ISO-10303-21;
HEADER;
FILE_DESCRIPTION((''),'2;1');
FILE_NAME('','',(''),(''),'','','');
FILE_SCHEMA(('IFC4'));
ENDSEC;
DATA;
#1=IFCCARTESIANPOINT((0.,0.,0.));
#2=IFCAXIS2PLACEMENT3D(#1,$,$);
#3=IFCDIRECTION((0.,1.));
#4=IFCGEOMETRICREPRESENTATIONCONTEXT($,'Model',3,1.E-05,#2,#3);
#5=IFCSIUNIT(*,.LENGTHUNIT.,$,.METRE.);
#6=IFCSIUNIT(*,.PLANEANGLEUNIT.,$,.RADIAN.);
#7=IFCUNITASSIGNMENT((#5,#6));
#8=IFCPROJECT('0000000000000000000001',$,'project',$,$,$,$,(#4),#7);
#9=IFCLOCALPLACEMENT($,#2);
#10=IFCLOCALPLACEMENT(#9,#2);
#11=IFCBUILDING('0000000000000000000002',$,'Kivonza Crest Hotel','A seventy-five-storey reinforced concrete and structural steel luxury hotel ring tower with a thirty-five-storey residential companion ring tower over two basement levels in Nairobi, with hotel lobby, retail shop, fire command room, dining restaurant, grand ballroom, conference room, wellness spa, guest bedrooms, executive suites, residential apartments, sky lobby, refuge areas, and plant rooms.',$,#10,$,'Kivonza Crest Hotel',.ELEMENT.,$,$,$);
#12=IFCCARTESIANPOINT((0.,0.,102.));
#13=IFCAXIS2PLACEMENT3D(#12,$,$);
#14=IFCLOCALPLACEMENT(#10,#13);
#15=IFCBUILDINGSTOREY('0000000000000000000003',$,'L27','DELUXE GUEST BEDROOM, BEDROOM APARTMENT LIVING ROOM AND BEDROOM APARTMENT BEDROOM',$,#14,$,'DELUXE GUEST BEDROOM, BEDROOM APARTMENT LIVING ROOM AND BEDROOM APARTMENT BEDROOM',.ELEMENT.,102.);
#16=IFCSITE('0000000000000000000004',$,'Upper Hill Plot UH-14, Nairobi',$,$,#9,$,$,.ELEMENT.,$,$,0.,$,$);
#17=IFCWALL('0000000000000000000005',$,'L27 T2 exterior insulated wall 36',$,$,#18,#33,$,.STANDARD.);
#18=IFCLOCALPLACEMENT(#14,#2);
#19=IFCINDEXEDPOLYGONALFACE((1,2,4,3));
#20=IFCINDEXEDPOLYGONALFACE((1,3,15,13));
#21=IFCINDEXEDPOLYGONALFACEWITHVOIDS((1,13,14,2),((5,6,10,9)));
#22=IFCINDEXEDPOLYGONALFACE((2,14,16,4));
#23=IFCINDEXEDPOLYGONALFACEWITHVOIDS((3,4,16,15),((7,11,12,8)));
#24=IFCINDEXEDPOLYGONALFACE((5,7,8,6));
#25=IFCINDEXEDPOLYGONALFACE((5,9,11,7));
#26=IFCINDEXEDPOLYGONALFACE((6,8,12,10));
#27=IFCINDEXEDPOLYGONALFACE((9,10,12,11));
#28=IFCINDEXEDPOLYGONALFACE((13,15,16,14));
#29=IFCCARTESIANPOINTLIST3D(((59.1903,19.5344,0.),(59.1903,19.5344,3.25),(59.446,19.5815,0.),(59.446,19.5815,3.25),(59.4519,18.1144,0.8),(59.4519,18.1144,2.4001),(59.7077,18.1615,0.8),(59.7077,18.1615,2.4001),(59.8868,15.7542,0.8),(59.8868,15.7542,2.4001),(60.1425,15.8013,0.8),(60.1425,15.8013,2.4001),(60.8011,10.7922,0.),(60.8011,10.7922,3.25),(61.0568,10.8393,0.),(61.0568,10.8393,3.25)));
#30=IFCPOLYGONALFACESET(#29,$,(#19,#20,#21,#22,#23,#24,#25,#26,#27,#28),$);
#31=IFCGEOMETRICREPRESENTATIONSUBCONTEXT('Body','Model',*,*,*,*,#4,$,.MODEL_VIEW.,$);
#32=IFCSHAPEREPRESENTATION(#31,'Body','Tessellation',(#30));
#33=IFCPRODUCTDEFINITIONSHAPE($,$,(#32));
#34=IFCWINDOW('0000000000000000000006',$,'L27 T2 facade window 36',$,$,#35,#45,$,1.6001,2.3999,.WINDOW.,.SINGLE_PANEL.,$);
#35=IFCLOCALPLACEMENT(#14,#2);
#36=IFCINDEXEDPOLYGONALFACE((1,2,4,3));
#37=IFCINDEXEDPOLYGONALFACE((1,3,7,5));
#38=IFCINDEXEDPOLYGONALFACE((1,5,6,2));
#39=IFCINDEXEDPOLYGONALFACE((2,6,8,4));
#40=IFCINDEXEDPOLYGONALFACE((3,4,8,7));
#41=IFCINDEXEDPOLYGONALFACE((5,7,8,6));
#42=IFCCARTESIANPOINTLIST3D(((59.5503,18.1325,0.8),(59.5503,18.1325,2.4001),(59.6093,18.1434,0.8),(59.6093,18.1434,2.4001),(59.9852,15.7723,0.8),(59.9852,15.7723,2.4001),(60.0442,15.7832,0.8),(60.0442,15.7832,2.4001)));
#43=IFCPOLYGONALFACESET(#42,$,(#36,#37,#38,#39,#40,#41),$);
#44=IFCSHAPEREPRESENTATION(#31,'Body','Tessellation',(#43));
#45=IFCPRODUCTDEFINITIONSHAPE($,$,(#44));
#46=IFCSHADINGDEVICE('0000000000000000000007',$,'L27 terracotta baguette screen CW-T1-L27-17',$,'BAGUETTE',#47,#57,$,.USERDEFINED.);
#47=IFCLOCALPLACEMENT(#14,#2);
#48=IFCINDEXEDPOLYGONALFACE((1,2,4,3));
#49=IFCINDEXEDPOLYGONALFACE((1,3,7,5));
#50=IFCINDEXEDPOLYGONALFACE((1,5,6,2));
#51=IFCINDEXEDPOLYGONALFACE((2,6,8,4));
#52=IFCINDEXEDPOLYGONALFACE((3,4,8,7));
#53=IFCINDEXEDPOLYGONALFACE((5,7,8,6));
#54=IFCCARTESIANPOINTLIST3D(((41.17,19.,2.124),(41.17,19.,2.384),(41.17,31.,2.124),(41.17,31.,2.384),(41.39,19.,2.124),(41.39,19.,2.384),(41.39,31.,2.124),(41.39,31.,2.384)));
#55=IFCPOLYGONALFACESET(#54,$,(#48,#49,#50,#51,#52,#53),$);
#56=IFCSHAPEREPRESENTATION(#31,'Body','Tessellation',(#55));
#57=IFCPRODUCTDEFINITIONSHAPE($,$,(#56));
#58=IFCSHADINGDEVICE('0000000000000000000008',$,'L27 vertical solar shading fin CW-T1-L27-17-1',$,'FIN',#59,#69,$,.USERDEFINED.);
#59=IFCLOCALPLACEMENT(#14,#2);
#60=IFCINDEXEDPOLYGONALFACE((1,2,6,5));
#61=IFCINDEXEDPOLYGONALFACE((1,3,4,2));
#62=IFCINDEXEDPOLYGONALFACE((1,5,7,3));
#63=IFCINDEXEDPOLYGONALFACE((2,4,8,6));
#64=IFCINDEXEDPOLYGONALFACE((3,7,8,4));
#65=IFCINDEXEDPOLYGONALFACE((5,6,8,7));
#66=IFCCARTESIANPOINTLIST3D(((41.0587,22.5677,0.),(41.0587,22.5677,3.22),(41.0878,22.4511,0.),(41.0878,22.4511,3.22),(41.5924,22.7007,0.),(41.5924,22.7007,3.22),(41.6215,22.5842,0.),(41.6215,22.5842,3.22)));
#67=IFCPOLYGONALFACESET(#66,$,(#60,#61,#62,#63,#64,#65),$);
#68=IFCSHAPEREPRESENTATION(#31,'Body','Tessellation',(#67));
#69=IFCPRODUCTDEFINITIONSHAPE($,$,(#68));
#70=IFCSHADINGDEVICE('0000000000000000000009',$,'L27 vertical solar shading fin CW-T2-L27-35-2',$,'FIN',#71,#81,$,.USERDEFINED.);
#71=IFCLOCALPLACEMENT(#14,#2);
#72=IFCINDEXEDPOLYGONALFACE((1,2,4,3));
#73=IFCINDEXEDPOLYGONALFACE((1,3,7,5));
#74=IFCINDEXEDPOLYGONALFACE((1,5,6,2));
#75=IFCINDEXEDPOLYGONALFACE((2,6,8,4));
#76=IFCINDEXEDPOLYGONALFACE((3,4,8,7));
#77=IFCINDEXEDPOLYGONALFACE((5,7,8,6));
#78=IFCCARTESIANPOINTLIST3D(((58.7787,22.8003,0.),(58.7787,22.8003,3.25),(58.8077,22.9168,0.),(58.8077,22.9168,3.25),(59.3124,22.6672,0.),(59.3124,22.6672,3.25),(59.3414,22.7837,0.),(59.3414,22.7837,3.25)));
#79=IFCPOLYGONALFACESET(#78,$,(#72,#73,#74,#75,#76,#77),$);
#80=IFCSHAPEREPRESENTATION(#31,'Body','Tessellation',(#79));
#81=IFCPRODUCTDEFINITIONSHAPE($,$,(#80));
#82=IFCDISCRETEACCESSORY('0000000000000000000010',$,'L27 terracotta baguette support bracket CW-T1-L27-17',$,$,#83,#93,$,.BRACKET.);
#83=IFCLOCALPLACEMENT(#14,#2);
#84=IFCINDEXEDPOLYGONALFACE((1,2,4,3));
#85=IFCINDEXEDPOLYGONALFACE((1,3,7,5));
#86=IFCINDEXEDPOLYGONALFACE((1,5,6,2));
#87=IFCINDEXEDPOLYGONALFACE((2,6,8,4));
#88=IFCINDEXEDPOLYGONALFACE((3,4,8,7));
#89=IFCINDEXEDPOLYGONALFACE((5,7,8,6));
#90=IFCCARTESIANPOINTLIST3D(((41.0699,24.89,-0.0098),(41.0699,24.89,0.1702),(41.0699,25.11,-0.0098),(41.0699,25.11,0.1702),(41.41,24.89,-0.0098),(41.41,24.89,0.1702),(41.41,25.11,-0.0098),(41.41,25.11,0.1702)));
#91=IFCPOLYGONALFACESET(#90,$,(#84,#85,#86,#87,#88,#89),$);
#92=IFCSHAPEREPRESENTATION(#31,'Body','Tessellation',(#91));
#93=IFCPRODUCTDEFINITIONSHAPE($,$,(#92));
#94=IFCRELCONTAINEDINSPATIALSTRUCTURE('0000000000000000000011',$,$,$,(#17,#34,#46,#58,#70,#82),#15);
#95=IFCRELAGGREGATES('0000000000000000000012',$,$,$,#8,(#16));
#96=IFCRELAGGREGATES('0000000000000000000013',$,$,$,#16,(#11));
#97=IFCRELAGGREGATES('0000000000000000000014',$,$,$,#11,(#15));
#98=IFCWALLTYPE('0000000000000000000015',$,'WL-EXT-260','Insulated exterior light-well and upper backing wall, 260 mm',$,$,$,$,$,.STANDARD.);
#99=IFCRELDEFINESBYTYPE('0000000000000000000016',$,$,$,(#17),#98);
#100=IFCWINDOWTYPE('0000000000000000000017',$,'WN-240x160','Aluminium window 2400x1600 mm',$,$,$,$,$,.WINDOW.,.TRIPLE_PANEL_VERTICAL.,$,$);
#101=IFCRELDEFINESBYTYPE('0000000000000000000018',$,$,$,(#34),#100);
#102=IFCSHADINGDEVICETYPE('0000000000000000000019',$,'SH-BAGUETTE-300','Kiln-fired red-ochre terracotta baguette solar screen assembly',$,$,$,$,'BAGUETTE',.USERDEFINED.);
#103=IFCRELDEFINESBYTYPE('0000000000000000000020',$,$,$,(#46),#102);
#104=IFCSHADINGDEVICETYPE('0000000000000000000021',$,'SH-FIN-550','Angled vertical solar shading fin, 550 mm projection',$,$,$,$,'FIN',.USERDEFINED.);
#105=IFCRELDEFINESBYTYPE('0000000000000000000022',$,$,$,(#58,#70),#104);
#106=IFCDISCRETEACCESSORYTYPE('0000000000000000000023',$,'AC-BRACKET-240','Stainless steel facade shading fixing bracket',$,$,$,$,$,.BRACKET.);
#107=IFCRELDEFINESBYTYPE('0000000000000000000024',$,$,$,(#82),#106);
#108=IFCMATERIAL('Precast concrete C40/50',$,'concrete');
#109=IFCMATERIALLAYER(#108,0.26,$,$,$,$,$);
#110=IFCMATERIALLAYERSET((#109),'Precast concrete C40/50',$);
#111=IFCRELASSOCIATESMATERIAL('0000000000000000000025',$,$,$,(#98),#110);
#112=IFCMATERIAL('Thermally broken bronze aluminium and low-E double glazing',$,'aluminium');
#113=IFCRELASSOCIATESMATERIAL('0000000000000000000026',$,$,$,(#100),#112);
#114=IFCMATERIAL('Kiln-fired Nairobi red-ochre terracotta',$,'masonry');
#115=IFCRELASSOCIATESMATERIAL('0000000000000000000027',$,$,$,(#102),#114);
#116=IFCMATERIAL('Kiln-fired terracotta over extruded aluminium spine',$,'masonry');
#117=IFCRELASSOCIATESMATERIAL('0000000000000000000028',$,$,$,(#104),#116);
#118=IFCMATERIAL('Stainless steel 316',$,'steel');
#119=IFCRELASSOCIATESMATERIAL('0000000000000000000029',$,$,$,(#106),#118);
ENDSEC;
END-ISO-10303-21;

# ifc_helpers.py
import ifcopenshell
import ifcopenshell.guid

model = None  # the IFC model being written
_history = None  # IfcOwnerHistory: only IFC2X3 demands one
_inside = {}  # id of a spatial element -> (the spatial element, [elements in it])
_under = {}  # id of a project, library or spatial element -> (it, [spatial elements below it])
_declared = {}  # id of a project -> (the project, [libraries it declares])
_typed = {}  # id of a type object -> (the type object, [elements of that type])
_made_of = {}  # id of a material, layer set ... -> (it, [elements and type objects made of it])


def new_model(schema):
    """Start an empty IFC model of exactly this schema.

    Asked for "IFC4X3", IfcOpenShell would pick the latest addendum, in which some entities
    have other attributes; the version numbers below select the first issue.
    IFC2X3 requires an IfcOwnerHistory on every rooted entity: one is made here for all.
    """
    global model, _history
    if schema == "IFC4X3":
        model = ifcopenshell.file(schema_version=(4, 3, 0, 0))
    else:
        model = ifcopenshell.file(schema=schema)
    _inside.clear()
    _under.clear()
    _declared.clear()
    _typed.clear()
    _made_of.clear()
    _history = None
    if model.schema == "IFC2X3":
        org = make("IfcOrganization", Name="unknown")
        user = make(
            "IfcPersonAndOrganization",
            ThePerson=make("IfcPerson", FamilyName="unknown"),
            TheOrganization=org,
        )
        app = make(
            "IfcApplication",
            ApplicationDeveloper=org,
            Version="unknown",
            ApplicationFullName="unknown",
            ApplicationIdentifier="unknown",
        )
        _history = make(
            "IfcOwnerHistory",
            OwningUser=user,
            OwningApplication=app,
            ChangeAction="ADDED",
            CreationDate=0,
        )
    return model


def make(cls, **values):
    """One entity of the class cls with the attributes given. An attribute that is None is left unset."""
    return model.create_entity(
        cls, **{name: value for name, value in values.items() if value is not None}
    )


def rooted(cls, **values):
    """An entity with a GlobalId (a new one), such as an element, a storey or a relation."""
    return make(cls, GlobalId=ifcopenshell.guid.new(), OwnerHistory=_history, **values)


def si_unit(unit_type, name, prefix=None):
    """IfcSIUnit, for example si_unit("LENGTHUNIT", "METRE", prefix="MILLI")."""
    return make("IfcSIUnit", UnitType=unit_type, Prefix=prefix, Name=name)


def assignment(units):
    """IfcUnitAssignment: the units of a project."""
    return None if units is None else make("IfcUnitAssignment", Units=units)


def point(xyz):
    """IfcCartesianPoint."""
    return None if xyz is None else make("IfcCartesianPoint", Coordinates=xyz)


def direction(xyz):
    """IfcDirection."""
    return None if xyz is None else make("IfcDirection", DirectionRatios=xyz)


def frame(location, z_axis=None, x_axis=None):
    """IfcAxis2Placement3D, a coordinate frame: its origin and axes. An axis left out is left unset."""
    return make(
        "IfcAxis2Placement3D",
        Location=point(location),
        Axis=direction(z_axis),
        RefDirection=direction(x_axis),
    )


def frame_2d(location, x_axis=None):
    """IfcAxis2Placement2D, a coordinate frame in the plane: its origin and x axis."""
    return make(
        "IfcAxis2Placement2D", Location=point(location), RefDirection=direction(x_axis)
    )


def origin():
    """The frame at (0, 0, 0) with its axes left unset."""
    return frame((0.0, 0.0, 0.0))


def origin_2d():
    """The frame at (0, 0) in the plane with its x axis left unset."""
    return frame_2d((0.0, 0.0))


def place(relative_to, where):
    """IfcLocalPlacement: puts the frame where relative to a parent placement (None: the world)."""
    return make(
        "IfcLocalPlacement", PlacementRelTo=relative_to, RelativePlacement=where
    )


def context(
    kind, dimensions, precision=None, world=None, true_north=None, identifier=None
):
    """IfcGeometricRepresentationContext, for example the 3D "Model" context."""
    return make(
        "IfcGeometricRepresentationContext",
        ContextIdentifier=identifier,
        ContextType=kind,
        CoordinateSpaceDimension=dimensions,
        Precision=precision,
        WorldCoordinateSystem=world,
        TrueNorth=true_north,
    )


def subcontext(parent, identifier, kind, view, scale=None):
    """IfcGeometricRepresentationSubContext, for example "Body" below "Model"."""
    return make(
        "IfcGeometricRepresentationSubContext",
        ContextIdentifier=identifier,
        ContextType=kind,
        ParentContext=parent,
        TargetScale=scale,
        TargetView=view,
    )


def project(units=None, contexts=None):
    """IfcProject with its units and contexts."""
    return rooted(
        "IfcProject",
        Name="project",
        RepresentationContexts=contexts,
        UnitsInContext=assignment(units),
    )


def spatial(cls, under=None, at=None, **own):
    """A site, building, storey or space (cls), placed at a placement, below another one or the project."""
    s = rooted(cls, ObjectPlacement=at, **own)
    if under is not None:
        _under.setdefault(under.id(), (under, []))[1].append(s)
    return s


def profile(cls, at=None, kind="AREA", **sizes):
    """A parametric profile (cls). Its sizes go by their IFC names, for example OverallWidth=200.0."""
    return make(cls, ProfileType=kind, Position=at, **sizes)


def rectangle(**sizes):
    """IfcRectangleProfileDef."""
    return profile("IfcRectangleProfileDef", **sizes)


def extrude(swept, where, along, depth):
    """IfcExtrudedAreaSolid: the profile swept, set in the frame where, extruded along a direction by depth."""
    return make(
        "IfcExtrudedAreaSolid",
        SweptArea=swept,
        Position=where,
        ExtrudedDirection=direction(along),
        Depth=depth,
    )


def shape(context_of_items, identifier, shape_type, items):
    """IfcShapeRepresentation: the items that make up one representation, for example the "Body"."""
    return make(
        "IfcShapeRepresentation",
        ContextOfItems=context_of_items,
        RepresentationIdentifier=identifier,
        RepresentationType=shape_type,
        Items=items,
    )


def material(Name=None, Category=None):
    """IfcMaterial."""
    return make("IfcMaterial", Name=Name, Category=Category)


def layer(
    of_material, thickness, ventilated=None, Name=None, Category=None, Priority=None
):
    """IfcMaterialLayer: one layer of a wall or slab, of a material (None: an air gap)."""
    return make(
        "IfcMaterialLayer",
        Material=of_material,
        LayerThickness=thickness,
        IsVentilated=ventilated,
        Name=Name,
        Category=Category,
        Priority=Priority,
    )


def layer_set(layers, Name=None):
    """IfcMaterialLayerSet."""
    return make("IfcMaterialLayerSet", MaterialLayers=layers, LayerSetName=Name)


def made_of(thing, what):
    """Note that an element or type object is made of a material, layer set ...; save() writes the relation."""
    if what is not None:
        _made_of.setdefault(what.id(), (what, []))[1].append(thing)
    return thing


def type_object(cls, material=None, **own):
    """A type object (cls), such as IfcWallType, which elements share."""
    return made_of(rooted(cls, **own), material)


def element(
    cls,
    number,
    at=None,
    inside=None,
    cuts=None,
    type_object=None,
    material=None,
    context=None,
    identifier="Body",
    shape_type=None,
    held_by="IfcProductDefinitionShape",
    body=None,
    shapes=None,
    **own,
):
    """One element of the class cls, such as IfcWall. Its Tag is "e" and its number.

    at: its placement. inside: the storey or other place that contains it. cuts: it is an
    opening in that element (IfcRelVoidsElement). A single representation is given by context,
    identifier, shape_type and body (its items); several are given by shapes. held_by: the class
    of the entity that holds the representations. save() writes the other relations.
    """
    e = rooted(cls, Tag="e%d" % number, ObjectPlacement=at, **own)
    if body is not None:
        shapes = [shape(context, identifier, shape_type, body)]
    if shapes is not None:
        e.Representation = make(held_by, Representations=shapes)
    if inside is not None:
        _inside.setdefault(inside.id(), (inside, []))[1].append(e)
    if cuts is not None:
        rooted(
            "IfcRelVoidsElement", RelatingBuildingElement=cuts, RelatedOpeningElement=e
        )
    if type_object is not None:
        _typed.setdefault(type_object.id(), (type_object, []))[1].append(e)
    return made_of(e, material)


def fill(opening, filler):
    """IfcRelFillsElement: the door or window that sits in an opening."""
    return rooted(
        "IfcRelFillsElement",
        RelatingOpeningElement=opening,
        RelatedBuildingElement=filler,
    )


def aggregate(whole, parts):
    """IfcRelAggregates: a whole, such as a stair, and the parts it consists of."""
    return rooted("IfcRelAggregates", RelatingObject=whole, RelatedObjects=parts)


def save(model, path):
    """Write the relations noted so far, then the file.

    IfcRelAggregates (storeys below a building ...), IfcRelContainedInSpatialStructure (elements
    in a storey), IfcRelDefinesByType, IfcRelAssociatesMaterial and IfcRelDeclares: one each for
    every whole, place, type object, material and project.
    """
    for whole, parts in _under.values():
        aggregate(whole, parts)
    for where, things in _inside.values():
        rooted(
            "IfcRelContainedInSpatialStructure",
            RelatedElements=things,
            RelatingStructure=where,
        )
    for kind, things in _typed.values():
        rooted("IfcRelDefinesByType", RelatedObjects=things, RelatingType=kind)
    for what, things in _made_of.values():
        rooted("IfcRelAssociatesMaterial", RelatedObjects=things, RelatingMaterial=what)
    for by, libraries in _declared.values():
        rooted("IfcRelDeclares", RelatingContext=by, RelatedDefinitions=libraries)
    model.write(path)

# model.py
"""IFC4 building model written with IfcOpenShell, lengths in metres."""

from ifc_helpers import new_model, si_unit, direction, frame, frame_2d, origin, origin_2d, place, context, subcontext, project, spatial, rectangle, extrude, material, layer, layer_set, type_object, element, fill, save


model = new_model("IFC4")

# Units and contexts
model_context = context("Model", 3, precision=1e-05, world=origin(), true_north=direction((0.0, 1.0)))
body_context = subcontext(model_context, "Body", "Model", "MODEL_VIEW")
ifc_project = project(units=[si_unit("LENGTHUNIT", "METRE"), si_unit("PLANEANGLEUNIT", "RADIAN")], contexts=[model_context])

# Site, building, storey
site_placement = place(None, origin())
site = spatial("IfcSite", under=ifc_project, at=site_placement, Name="Upper Hill Plot UH-14, Nairobi", CompositionType="ELEMENT", RefElevation=0.0)
building_placement = place(site_placement, origin())
building = spatial("IfcBuilding", under=site, at=building_placement, Name="Kivonza Crest Hotel", Description="A seventy-five-storey reinforced concrete and structural steel luxury hotel ring tower with a thirty-five-storey residential companion ring tower over two basement levels in Nairobi, with hotel lobby, retail shop, fire command room, dining restaurant, grand ballroom, conference room, wellness spa, guest bedrooms, executive suites, residential apartments, sky lobby, refuge areas, and plant rooms.", LongName="Kivonza Crest Hotel", CompositionType="ELEMENT")
storey_placement = place(building_placement, frame((0.0, 0.0, 102.0)))
storey = spatial("IfcBuildingStorey", under=building, at=storey_placement, Name="L27", Description="DELUXE GUEST BEDROOM, BEDROOM APARTMENT LIVING ROOM AND BEDROOM APARTMENT BEDROOM", LongName="DELUXE GUEST BEDROOM, BEDROOM APARTMENT LIVING ROOM AND BEDROOM APARTMENT BEDROOM", CompositionType="ELEMENT", Elevation=102.0)

# Shared definitions
ifc_material_1 = material(Name="Precast concrete C40/50", Category="concrete")
ifc_layer_1 = layer(ifc_material_1, 0.26)
ifc_layer_set_1 = layer_set([ifc_layer_1], Name="Precast concrete C40/50")
wall_type_1 = type_object("IfcWallType", Name="WL-EXT-260", Description="Insulated exterior light-well and upper backing wall, 260 mm", PredefinedType="STANDARD", material=ifc_layer_set_1)

# Wall, opening, window
ifc_material_2 = material(Name="Thermally broken bronze aluminium and low-E double glazing", Category="aluminium")
window_type = type_object("IfcWindowType", Name="WN-240x160", Description="Aluminium window 2400x1600 mm", PartitioningType="TRIPLE_PANEL_VERTICAL", PredefinedType="WINDOW", material=ifc_material_2)
wall_1_placement = place(storey_placement, frame((59.3181, 19.5581, 0.0), z_axis=(0.0, 0.0, 1.0), x_axis=(0.18121, -0.983444, 0.0)))
wall_1 = element("IfcWall", 1, at=wall_1_placement, inside=storey, type_object=wall_type_1, Name="L27 T2 exterior insulated wall 36", PredefinedType="STANDARD", context=body_context, shape_type="SweptSolid", body=[
    extrude(rectangle(XDim=8.8894, YDim=0.26, at=frame_2d((4.4448, 0.0))), origin(), (0.0, 0.0, 1.0), 3.25),
])
opening_1_placement = place(wall_1_placement, frame((1.4441, 0.0, 0.8)))
opening_1 = element("IfcOpeningElement", 2, at=opening_1_placement, cuts=wall_1, PredefinedType="OPENING", context=body_context, shape_type="SweptSolid", body=[
    extrude(rectangle(XDim=2.3999, YDim=1.6001, at=frame_2d((1.2, 0.8))), frame((0.0, 0.1401, 0.0), z_axis=(0.0, -1.0, 0.0), x_axis=(1.0, 0.0, 0.0)), (0.0, 0.0, 1.0), 0.28),
])
window_1_placement = place(opening_1_placement, origin())
window_1 = element("IfcWindow", 3, at=window_1_placement, inside=storey, type_object=window_type, Name="L27 T2 facade window 36", OverallHeight=1.6001, OverallWidth=2.3999, PartitioningType="SINGLE_PANEL", PredefinedType="WINDOW", context=body_context, shape_type="SweptSolid", body=[
    extrude(rectangle(XDim=2.3999, YDim=1.6001, at=frame_2d((1.2, 0.8))), frame((0.0, 0.03, 0.0), z_axis=(0.0, -1.0, 0.0), x_axis=(1.0, 0.0, 0.0)), (0.0, 0.0, 1.0), 0.0601),
])
fill(opening_1, window_1)

# Shading devices
ifc_material_3 = material(Name="Kiln-fired Nairobi red-ochre terracotta", Category="masonry")
shading_device_type_1 = type_object("IfcShadingDeviceType", Name="SH-BAGUETTE-300", Description="Kiln-fired red-ochre terracotta baguette solar screen assembly", ElementType="BAGUETTE", PredefinedType="USERDEFINED", material=ifc_material_3)
shading_device_1_placement = place(storey_placement, frame((41.28, 25.0, 2.124), z_axis=(0.0, 0.0, 1.0), x_axis=(0.0, 1.0, 0.0)))
element("IfcShadingDevice", 4, at=shading_device_1_placement, inside=storey, type_object=shading_device_type_1, Name="L27 terracotta baguette screen CW-T1-L27-17", ObjectType="BAGUETTE", PredefinedType="USERDEFINED", context=body_context, shape_type="SweptSolid", body=[
    extrude(rectangle(XDim=12.0, YDim=0.22, at=origin_2d()), origin(), (0.0, 0.0, 1.0), 0.26),
])
ifc_material_4 = material(Name="Kiln-fired terracotta over extruded aluminium spine", Category="masonry")
shading_device_type_2 = type_object("IfcShadingDeviceType", Name="SH-FIN-550", Description="Angled vertical solar shading fin, 550 mm projection", ElementType="FIN", PredefinedType="USERDEFINED", material=ifc_material_4)
shading_device_2_placement = place(storey_placement, frame((41.3401, 22.5759, 0.0), z_axis=(0.0, 0.0, 1.0), x_axis=(-0.241922, 0.970296, 0.0)))
element("IfcShadingDevice", 5, at=shading_device_2_placement, inside=storey, type_object=shading_device_type_2, Name="L27 vertical solar shading fin CW-T1-L27-17-1", ObjectType="FIN", PredefinedType="USERDEFINED", context=body_context, shape_type="SweptSolid", body=[
    extrude(rectangle(XDim=0.1201, YDim=0.55, at=origin_2d()), origin(), (0.0, 0.0, 1.0), 3.22),
])
shading_device_3_placement = place(storey_placement, frame((59.0601, 22.792, 0.0), z_axis=(0.0, 0.0, 1.0), x_axis=(-0.241922, -0.970296, 0.0)))
element("IfcShadingDevice", 6, at=shading_device_3_placement, inside=storey, type_object=shading_device_type_2, Name="L27 vertical solar shading fin CW-T2-L27-35-2", ObjectType="FIN", PredefinedType="USERDEFINED", context=body_context, shape_type="SweptSolid", body=[
    extrude(rectangle(XDim=0.1201, YDim=0.55, at=origin_2d()), origin(), (0.0, 0.0, 1.0), 3.25),
])

# Discrete accessory
ifc_material_5 = material(Name="Stainless steel 316", Category="steel")
discrete_accessory_type = type_object("IfcDiscreteAccessoryType", Name="AC-BRACKET-240", Description="Stainless steel facade shading fixing bracket", PredefinedType="BRACKET", material=ifc_material_5)
discrete_accessory_placement = place(storey_placement, frame((41.24, 25.0, -0.0098), z_axis=(0.0, 0.0, 1.0), x_axis=(0.0, 1.0, 0.0)))
element("IfcDiscreteAccessory", 7, at=discrete_accessory_placement, inside=storey, type_object=discrete_accessory_type, Name="L27 terracotta baguette support bracket CW-T1-L27-17", PredefinedType="BRACKET", context=body_context, shape_type="SweptSolid", body=[
    extrude(rectangle(XDim=0.22, YDim=0.3401, at=origin_2d()), origin(), (0.0, 0.0, 1.0), 0.1799),
])

save(model, "model.ifc")
